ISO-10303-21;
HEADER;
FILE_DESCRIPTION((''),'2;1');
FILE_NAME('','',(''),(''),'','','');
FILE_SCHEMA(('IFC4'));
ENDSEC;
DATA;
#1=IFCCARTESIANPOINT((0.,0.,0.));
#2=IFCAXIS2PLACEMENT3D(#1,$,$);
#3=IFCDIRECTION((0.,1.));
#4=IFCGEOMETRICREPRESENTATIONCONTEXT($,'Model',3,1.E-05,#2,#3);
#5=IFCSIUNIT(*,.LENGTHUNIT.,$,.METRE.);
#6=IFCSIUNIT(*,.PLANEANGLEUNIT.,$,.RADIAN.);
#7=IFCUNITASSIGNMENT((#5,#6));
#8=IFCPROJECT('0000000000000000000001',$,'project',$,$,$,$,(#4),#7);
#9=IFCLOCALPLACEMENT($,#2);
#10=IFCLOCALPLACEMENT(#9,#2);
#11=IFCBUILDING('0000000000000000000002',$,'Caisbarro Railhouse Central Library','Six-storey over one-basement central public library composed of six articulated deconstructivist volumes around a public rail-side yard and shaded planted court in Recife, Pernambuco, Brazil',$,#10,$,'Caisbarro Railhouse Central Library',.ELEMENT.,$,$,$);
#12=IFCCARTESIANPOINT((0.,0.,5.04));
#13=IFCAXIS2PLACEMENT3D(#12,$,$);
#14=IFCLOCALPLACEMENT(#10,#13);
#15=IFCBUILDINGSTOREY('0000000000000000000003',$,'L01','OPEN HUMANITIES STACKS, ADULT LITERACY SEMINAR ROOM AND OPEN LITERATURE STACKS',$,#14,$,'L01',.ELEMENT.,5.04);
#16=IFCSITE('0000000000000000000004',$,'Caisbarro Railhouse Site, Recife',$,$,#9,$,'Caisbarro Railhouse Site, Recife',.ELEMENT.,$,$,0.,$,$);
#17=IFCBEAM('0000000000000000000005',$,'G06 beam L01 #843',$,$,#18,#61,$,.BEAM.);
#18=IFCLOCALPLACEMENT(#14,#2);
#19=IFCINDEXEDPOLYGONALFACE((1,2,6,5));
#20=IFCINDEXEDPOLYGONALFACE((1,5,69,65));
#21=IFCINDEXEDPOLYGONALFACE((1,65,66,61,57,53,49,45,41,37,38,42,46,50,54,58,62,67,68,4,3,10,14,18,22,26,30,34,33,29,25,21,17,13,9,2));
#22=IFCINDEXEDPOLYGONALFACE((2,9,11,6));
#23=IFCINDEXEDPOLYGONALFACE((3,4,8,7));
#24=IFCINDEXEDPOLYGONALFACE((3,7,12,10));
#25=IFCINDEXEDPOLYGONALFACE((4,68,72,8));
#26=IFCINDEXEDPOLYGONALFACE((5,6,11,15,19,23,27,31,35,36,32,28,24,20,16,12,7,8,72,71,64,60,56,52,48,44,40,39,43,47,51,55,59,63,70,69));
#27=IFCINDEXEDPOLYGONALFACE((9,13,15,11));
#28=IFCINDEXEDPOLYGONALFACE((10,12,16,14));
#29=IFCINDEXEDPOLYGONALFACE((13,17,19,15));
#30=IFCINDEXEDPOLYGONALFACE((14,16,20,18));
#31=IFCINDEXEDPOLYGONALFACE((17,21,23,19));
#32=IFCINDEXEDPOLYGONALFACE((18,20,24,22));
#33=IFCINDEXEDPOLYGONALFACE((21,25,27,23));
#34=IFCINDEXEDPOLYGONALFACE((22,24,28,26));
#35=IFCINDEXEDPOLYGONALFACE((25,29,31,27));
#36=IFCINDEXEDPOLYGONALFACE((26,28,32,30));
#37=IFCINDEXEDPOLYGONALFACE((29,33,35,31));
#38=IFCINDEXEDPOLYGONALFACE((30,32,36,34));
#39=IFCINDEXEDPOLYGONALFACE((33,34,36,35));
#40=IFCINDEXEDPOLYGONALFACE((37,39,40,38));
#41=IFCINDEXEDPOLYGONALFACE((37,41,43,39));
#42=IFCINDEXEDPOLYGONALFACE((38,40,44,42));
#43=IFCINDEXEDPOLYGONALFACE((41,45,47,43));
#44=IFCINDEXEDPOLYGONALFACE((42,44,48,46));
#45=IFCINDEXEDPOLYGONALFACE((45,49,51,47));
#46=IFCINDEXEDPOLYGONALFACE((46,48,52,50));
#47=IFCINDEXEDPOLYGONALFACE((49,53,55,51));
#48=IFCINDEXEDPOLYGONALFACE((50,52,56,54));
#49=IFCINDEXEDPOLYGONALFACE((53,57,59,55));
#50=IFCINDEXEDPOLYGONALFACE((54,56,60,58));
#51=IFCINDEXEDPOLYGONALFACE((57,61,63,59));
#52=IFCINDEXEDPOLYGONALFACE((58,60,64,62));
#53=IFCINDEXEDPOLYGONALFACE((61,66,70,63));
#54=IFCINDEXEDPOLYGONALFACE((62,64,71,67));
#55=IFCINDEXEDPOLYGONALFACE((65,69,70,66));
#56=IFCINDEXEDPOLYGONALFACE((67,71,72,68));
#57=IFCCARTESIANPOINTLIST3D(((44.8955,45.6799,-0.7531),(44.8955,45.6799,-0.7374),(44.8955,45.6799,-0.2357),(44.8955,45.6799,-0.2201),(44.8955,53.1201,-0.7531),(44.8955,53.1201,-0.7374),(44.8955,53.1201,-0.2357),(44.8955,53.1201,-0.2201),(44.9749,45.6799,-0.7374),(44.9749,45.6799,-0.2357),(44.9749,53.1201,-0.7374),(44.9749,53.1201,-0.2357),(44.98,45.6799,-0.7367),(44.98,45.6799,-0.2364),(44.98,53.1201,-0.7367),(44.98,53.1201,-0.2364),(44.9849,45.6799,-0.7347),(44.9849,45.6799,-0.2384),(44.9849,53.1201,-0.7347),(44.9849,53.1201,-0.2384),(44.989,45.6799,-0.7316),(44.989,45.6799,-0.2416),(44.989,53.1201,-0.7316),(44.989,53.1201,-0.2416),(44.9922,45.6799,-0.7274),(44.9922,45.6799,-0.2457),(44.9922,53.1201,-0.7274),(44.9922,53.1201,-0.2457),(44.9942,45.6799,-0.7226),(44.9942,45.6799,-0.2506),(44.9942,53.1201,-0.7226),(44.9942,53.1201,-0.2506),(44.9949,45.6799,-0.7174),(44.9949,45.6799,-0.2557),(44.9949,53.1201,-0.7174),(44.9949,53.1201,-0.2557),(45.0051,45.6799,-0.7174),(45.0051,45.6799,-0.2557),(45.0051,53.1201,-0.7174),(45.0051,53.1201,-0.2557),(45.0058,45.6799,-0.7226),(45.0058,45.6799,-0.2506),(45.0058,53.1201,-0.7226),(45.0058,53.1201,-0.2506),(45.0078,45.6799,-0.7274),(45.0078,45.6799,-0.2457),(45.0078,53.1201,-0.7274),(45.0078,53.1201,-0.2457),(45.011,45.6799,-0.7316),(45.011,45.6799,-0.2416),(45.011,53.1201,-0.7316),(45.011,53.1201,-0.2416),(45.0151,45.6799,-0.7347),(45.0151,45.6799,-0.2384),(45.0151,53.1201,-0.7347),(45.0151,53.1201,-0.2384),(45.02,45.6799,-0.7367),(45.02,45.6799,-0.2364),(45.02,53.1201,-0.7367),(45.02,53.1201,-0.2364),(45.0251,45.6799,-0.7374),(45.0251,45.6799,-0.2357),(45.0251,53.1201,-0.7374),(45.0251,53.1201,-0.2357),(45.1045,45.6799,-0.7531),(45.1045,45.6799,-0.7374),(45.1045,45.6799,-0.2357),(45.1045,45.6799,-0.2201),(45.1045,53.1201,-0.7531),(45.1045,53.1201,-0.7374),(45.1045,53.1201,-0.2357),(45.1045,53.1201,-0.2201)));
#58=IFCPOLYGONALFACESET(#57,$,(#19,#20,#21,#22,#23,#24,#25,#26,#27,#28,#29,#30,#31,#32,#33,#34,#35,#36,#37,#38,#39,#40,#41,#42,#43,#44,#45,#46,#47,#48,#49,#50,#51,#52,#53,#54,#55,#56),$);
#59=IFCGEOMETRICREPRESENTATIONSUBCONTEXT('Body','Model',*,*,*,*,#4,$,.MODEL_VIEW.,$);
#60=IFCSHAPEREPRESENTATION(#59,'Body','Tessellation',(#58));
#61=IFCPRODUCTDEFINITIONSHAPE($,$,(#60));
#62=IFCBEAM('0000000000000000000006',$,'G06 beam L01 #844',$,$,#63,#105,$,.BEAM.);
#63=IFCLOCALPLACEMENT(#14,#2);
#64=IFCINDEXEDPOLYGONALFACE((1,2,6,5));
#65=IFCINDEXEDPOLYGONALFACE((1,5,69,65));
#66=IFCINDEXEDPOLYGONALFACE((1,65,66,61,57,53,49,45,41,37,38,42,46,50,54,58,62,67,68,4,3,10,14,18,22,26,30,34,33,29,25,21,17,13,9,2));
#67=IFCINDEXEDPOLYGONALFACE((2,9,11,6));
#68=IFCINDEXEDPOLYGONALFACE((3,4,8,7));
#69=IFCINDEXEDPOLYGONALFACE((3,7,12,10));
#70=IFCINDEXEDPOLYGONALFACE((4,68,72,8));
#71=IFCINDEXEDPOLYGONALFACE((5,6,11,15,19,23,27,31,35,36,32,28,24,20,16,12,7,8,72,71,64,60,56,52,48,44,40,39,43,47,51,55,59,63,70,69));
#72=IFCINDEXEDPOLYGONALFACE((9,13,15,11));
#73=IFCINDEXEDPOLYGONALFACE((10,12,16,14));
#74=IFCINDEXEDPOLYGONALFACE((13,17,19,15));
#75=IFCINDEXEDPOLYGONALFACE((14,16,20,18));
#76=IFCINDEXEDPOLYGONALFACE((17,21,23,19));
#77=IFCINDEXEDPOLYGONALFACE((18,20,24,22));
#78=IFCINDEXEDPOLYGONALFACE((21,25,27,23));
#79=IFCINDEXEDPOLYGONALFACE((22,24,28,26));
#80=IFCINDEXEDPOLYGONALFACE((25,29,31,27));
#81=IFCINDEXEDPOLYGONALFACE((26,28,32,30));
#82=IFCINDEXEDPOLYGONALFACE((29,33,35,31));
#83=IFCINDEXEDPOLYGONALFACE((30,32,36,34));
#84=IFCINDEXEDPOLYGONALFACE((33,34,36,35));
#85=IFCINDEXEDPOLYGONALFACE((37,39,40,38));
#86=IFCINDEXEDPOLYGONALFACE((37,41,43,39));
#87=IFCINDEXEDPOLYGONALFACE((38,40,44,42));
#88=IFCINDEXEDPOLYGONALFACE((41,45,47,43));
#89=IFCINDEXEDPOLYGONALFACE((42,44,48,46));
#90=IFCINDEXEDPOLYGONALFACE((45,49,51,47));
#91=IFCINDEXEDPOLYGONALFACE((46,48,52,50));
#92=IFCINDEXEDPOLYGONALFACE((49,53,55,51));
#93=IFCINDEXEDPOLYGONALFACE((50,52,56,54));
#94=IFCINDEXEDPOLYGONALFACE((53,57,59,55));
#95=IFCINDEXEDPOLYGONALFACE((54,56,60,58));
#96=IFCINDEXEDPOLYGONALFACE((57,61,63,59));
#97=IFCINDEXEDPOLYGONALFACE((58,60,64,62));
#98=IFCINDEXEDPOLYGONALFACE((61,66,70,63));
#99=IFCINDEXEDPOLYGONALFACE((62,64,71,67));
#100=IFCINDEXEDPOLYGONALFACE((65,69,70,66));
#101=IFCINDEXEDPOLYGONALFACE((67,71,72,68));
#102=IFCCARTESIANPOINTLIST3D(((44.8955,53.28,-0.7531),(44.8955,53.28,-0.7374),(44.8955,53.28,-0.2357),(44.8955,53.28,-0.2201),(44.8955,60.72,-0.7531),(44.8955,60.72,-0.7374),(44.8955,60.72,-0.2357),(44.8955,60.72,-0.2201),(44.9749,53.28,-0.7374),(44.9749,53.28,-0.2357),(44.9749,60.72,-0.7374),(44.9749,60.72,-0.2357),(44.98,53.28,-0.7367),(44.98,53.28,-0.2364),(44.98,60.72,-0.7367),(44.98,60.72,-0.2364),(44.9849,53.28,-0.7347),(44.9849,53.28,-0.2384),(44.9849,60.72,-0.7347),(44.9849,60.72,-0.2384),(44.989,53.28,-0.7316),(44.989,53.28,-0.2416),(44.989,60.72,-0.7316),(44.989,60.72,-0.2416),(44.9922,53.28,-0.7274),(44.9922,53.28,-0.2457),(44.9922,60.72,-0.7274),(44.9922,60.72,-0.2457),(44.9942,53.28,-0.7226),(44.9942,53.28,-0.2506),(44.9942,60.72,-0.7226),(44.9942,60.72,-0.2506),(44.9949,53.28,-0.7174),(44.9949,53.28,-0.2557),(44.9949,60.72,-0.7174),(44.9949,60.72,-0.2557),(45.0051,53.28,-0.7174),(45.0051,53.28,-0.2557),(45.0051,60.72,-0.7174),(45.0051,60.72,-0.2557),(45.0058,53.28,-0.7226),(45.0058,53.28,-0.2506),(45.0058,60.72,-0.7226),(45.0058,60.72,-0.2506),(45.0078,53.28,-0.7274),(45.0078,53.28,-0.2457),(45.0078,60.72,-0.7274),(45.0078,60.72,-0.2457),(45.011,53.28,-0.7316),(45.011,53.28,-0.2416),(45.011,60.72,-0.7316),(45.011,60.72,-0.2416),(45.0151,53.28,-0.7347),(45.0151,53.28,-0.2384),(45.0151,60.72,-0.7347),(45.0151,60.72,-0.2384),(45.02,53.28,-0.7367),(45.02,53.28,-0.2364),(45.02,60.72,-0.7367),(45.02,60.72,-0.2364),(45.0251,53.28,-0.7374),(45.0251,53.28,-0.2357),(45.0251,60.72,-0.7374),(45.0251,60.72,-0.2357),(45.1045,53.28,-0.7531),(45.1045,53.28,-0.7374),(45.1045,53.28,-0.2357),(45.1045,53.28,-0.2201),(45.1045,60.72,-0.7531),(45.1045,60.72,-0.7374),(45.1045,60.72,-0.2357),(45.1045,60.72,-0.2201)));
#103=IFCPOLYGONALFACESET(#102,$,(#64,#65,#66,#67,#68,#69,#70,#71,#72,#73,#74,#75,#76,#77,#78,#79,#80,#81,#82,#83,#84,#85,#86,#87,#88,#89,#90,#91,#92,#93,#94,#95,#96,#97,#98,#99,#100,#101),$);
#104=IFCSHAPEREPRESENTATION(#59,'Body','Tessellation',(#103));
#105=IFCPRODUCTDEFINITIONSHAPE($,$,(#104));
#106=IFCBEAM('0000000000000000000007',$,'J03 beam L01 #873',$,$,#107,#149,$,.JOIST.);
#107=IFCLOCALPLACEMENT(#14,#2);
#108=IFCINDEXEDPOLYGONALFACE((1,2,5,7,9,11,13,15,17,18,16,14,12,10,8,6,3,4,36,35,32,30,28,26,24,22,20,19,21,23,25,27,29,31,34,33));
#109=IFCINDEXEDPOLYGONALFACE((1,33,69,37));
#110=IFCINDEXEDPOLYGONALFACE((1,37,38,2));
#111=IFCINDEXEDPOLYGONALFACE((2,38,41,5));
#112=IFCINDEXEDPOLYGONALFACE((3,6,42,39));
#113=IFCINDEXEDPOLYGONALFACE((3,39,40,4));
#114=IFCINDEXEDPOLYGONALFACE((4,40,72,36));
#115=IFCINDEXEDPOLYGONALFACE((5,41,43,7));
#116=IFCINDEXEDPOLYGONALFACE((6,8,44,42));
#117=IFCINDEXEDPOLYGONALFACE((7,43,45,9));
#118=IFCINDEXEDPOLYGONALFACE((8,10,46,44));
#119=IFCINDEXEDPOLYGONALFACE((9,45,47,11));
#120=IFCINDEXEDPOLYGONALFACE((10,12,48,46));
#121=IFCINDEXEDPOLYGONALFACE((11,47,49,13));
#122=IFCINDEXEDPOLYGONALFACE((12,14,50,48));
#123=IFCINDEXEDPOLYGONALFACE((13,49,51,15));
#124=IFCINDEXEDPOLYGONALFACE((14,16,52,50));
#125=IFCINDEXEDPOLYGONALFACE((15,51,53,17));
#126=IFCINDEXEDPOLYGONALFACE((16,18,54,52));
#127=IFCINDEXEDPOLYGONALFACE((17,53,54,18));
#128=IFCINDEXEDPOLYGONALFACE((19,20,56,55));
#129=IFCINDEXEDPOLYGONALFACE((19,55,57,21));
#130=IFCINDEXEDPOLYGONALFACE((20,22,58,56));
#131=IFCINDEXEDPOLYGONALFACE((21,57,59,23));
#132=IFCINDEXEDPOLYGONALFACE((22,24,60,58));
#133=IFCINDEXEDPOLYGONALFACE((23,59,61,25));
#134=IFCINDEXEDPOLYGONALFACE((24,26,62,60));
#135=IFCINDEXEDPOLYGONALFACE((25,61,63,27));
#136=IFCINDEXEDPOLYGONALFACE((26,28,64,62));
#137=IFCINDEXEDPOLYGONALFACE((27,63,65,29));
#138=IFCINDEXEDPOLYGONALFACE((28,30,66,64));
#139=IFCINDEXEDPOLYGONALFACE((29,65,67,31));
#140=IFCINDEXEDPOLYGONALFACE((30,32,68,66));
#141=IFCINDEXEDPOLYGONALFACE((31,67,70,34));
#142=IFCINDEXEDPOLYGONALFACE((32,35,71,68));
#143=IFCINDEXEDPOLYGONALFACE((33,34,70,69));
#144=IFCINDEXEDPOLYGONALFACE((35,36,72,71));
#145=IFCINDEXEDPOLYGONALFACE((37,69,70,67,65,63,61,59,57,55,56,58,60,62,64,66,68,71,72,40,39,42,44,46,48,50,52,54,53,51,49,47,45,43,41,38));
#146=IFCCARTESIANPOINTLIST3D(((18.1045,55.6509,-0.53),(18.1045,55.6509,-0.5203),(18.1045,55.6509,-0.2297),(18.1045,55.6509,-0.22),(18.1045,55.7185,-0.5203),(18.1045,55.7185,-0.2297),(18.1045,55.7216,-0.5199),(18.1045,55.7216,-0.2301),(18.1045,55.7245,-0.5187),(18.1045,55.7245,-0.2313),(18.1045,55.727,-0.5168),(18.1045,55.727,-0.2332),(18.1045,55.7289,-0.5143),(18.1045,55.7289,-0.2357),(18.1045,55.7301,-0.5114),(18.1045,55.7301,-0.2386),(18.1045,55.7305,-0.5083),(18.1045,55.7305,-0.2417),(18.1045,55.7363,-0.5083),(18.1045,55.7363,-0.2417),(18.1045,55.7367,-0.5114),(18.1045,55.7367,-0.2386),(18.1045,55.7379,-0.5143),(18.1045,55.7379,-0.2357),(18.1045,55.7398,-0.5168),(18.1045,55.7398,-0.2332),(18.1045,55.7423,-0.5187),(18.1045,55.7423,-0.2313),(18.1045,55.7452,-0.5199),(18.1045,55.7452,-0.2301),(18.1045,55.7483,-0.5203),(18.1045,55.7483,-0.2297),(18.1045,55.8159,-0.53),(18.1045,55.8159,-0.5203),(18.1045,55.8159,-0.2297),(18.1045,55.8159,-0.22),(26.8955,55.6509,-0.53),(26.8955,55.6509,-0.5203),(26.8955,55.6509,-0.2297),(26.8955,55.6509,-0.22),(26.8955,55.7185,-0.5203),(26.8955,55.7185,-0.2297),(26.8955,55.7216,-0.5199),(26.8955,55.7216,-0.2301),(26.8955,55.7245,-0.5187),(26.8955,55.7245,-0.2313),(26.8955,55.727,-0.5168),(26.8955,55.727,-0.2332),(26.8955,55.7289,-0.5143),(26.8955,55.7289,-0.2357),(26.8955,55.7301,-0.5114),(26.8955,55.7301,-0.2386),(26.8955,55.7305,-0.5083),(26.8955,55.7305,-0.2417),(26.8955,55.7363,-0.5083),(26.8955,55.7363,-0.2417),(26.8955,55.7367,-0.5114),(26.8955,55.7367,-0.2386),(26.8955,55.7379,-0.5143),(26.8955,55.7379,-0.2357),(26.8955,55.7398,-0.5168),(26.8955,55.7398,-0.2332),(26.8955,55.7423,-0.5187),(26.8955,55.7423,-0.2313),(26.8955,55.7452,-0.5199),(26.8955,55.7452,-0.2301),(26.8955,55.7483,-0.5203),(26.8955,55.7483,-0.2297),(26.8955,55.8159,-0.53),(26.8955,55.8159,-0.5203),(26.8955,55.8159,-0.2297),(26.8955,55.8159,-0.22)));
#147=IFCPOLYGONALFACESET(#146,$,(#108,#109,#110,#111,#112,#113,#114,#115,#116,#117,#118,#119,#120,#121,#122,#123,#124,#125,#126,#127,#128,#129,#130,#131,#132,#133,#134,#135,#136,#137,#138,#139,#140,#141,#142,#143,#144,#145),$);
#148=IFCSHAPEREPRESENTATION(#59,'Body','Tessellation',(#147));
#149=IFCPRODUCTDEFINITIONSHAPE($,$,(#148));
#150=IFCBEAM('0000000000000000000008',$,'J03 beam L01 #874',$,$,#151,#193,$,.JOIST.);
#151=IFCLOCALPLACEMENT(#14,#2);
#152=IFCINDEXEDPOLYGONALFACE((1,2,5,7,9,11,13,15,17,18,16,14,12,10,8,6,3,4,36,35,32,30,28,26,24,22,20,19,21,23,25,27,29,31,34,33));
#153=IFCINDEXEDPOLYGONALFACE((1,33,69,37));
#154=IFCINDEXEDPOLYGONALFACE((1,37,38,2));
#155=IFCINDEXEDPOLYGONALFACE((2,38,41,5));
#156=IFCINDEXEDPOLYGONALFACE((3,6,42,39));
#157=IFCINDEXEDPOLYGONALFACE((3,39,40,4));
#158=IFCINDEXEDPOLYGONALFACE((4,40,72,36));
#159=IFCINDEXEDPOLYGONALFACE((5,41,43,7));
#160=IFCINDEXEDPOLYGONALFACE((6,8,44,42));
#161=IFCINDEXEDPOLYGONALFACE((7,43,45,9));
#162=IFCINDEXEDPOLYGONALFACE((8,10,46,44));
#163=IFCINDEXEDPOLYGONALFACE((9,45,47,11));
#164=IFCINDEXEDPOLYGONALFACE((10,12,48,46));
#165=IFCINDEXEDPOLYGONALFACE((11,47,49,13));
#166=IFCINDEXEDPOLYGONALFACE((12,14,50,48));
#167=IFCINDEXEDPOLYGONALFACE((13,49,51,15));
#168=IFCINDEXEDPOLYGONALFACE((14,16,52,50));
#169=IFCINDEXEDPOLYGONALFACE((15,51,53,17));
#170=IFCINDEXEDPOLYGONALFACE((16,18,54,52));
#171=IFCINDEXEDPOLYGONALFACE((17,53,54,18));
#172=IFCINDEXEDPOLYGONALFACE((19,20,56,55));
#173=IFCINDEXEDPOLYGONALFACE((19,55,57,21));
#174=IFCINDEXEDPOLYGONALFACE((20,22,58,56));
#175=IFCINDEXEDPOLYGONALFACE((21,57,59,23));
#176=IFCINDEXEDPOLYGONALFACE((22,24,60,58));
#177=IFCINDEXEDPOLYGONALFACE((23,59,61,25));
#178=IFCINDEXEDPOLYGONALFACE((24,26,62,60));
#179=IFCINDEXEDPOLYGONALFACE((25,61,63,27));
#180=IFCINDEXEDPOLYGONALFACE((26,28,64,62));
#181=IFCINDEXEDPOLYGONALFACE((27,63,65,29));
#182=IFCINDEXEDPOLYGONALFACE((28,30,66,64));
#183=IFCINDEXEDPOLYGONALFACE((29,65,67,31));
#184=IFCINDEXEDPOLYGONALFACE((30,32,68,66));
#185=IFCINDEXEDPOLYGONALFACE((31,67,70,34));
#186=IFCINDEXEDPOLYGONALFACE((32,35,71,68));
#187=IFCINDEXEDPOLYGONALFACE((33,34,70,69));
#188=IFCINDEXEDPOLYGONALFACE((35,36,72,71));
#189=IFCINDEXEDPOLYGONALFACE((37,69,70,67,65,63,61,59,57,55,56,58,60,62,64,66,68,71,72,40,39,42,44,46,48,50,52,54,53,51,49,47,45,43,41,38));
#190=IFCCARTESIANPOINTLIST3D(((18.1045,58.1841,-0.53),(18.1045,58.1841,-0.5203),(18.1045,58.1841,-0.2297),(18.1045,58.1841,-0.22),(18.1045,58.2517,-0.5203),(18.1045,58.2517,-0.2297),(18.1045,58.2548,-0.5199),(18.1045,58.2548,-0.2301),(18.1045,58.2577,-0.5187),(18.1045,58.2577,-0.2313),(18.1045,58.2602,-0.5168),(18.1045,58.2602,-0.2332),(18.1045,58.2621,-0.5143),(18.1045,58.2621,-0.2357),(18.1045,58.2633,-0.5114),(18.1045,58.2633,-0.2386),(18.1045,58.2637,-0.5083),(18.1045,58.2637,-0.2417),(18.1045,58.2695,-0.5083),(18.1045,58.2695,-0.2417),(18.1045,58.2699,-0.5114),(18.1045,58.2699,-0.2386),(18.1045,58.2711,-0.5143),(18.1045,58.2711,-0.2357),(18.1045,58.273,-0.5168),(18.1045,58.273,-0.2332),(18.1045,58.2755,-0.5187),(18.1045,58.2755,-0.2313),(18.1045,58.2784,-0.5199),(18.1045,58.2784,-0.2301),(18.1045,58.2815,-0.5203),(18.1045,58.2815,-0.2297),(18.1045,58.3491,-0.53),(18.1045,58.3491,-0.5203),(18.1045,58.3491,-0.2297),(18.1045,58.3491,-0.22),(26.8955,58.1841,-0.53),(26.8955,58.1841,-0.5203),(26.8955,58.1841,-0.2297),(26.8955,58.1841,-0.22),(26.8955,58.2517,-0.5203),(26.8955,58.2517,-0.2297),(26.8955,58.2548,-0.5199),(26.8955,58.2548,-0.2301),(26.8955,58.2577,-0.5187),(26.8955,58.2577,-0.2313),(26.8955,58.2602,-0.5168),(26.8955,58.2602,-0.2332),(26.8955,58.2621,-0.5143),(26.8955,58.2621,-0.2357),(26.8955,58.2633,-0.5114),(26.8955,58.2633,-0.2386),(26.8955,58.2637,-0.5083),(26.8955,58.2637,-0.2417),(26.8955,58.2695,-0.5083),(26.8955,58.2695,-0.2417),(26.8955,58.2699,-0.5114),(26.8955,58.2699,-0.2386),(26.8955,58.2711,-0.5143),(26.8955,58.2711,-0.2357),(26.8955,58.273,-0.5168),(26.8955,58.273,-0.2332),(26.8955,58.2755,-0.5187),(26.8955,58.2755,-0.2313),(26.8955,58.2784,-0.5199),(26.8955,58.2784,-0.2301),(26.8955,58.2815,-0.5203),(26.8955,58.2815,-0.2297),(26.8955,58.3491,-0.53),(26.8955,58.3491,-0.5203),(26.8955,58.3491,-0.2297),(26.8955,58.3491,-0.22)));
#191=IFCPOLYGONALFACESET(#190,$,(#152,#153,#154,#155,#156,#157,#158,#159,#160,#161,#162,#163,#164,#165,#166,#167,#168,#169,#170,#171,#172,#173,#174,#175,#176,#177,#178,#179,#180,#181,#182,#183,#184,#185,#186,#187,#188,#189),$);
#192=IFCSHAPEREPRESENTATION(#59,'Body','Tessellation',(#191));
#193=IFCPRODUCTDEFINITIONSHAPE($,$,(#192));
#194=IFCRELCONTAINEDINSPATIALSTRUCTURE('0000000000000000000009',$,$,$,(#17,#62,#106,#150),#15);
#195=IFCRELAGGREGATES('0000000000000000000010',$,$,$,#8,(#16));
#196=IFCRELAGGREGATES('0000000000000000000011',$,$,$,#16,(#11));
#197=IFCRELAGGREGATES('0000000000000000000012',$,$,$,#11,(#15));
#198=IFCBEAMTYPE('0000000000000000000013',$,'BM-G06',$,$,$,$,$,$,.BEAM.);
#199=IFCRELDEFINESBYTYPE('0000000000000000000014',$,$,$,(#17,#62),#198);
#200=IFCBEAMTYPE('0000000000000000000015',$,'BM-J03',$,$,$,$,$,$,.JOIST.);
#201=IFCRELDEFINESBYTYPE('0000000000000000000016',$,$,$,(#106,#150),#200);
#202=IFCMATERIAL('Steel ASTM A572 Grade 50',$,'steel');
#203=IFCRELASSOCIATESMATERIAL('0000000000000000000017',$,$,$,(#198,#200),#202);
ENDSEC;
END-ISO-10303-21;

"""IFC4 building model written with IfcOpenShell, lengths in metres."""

from ifc_helpers import new_model, si_unit, direction, frame, origin, origin_2d, place, context, subcontext, project, spatial, i_section, extrude, material, material_profile, profile_set, type_object, element, save


model = new_model("IFC4")

# Units and contexts
model_context = context("Model", 3, precision=1e-05, world=origin(), true_north=direction((0.0, 1.0)))
body_context = subcontext(model_context, "Body", "Model", "MODEL_VIEW")
ifc_project = project(units=[si_unit("LENGTHUNIT", "METRE"), si_unit("PLANEANGLEUNIT", "RADIAN")], contexts=[model_context])

# Site, building, storey
site_placement = place(None, origin())
site = spatial("IfcSite", under=ifc_project, at=site_placement, Name="Caisbarro Railhouse Site, Recife", LongName="Caisbarro Railhouse Site, Recife", CompositionType="ELEMENT", RefElevation=0.0)
building_placement = place(site_placement, origin())
building = spatial("IfcBuilding", under=site, at=building_placement, Name="Caisbarro Railhouse Central Library", Description="Six-storey over one-basement central public library composed of six articulated deconstructivist volumes around a public rail-side yard and shaded planted court in Recife, Pernambuco, Brazil", LongName="Caisbarro Railhouse Central Library", CompositionType="ELEMENT")
storey_placement = place(building_placement, frame((0.0, 0.0, 5.04)))
storey = spatial("IfcBuildingStorey", under=building, at=storey_placement, Name="L01", Description="OPEN HUMANITIES STACKS, ADULT LITERACY SEMINAR ROOM AND OPEN LITERATURE STACKS", LongName="L01", CompositionType="ELEMENT", Elevation=5.04)

# Shared definitions
ifc_material = material(Name="Steel ASTM A572 Grade 50", Category="steel")

# Beams
ifc_material_profile_1 = material_profile(ifc_material, i_section(OverallWidth=0.209, OverallDepth=0.533, WebThickness=0.0103, FlangeThickness=0.0156, FilletRadius=0.02, at=origin_2d()), Name="W530X92.0")
ifc_profile_set_1 = profile_set([ifc_material_profile_1], Name="Steel ASTM A572 Grade 50")
beam_type_1 = type_object("IfcBeamType", Name="BM-G06", PredefinedType="BEAM", material=ifc_profile_set_1)
beam_1_placement = place(storey_placement, frame((45.0, 45.6799, -0.4866), z_axis=(0.0, 1.0, 0.0), x_axis=(-1.0, 0.0, 0.0)))
element("IfcBeam", 1, at=beam_1_placement, inside=storey, type_object=beam_type_1, Name="G06 beam L01 #843", PredefinedType="BEAM", context=body_context, shape_type="SweptSolid", body=[
    extrude(i_section(OverallWidth=0.209, OverallDepth=0.533, WebThickness=0.0103, FlangeThickness=0.0156, FilletRadius=0.02, at=origin_2d()), origin(), (0.0, 0.0, 1.0), 7.4402),
])
beam_2_placement = place(storey_placement, frame((45.0, 53.28, -0.4866), z_axis=(0.0, 1.0, 0.0), x_axis=(-1.0, 0.0, 0.0)))
element("IfcBeam", 2, at=beam_2_placement, inside=storey, type_object=beam_type_1, Name="G06 beam L01 #844", PredefinedType="BEAM", context=body_context, shape_type="SweptSolid", body=[
    extrude(i_section(OverallWidth=0.209, OverallDepth=0.533, WebThickness=0.0103, FlangeThickness=0.0156, FilletRadius=0.02, at=origin_2d()), origin(), (0.0, 0.0, 1.0), 7.4399),
])
ifc_material_profile_2 = material_profile(ifc_material, i_section(OverallWidth=0.165, OverallDepth=0.3101, WebThickness=0.0059, FlangeThickness=0.0098, FilletRadius=0.012, at=origin_2d()), Name="W310X38.7")
ifc_profile_set_2 = profile_set([ifc_material_profile_2], Name="Steel ASTM A572 Grade 50")
beam_type_2 = type_object("IfcBeamType", Name="BM-J03", PredefinedType="JOIST", material=ifc_profile_set_2)
for number, where, z_axis, x_axis, name in (
    (3, (18.1045, 55.7334, -0.375), (1.0, 0.0, 0.0), (0.0, 1.0, 0.0), "J03 beam L01 #873"),
    (4, (18.1045, 58.2666, -0.375), (1.0, 0.0, 0.0), (0.0, 1.0, 0.0), "J03 beam L01 #874"),
):
    element("IfcBeam", number, at=place(storey_placement, frame(where, z_axis=z_axis, x_axis=x_axis)), inside=storey, type_object=beam_type_2, Name=name, PredefinedType="JOIST", context=body_context, shape_type="SweptSolid", body=[
        extrude(i_section(OverallWidth=0.165, OverallDepth=0.3101, WebThickness=0.0059, FlangeThickness=0.0098, FilletRadius=0.012, at=origin_2d()), origin(), (0.0, 0.0, 1.0), 8.791),
    ])

save(model, "model.ifc")
